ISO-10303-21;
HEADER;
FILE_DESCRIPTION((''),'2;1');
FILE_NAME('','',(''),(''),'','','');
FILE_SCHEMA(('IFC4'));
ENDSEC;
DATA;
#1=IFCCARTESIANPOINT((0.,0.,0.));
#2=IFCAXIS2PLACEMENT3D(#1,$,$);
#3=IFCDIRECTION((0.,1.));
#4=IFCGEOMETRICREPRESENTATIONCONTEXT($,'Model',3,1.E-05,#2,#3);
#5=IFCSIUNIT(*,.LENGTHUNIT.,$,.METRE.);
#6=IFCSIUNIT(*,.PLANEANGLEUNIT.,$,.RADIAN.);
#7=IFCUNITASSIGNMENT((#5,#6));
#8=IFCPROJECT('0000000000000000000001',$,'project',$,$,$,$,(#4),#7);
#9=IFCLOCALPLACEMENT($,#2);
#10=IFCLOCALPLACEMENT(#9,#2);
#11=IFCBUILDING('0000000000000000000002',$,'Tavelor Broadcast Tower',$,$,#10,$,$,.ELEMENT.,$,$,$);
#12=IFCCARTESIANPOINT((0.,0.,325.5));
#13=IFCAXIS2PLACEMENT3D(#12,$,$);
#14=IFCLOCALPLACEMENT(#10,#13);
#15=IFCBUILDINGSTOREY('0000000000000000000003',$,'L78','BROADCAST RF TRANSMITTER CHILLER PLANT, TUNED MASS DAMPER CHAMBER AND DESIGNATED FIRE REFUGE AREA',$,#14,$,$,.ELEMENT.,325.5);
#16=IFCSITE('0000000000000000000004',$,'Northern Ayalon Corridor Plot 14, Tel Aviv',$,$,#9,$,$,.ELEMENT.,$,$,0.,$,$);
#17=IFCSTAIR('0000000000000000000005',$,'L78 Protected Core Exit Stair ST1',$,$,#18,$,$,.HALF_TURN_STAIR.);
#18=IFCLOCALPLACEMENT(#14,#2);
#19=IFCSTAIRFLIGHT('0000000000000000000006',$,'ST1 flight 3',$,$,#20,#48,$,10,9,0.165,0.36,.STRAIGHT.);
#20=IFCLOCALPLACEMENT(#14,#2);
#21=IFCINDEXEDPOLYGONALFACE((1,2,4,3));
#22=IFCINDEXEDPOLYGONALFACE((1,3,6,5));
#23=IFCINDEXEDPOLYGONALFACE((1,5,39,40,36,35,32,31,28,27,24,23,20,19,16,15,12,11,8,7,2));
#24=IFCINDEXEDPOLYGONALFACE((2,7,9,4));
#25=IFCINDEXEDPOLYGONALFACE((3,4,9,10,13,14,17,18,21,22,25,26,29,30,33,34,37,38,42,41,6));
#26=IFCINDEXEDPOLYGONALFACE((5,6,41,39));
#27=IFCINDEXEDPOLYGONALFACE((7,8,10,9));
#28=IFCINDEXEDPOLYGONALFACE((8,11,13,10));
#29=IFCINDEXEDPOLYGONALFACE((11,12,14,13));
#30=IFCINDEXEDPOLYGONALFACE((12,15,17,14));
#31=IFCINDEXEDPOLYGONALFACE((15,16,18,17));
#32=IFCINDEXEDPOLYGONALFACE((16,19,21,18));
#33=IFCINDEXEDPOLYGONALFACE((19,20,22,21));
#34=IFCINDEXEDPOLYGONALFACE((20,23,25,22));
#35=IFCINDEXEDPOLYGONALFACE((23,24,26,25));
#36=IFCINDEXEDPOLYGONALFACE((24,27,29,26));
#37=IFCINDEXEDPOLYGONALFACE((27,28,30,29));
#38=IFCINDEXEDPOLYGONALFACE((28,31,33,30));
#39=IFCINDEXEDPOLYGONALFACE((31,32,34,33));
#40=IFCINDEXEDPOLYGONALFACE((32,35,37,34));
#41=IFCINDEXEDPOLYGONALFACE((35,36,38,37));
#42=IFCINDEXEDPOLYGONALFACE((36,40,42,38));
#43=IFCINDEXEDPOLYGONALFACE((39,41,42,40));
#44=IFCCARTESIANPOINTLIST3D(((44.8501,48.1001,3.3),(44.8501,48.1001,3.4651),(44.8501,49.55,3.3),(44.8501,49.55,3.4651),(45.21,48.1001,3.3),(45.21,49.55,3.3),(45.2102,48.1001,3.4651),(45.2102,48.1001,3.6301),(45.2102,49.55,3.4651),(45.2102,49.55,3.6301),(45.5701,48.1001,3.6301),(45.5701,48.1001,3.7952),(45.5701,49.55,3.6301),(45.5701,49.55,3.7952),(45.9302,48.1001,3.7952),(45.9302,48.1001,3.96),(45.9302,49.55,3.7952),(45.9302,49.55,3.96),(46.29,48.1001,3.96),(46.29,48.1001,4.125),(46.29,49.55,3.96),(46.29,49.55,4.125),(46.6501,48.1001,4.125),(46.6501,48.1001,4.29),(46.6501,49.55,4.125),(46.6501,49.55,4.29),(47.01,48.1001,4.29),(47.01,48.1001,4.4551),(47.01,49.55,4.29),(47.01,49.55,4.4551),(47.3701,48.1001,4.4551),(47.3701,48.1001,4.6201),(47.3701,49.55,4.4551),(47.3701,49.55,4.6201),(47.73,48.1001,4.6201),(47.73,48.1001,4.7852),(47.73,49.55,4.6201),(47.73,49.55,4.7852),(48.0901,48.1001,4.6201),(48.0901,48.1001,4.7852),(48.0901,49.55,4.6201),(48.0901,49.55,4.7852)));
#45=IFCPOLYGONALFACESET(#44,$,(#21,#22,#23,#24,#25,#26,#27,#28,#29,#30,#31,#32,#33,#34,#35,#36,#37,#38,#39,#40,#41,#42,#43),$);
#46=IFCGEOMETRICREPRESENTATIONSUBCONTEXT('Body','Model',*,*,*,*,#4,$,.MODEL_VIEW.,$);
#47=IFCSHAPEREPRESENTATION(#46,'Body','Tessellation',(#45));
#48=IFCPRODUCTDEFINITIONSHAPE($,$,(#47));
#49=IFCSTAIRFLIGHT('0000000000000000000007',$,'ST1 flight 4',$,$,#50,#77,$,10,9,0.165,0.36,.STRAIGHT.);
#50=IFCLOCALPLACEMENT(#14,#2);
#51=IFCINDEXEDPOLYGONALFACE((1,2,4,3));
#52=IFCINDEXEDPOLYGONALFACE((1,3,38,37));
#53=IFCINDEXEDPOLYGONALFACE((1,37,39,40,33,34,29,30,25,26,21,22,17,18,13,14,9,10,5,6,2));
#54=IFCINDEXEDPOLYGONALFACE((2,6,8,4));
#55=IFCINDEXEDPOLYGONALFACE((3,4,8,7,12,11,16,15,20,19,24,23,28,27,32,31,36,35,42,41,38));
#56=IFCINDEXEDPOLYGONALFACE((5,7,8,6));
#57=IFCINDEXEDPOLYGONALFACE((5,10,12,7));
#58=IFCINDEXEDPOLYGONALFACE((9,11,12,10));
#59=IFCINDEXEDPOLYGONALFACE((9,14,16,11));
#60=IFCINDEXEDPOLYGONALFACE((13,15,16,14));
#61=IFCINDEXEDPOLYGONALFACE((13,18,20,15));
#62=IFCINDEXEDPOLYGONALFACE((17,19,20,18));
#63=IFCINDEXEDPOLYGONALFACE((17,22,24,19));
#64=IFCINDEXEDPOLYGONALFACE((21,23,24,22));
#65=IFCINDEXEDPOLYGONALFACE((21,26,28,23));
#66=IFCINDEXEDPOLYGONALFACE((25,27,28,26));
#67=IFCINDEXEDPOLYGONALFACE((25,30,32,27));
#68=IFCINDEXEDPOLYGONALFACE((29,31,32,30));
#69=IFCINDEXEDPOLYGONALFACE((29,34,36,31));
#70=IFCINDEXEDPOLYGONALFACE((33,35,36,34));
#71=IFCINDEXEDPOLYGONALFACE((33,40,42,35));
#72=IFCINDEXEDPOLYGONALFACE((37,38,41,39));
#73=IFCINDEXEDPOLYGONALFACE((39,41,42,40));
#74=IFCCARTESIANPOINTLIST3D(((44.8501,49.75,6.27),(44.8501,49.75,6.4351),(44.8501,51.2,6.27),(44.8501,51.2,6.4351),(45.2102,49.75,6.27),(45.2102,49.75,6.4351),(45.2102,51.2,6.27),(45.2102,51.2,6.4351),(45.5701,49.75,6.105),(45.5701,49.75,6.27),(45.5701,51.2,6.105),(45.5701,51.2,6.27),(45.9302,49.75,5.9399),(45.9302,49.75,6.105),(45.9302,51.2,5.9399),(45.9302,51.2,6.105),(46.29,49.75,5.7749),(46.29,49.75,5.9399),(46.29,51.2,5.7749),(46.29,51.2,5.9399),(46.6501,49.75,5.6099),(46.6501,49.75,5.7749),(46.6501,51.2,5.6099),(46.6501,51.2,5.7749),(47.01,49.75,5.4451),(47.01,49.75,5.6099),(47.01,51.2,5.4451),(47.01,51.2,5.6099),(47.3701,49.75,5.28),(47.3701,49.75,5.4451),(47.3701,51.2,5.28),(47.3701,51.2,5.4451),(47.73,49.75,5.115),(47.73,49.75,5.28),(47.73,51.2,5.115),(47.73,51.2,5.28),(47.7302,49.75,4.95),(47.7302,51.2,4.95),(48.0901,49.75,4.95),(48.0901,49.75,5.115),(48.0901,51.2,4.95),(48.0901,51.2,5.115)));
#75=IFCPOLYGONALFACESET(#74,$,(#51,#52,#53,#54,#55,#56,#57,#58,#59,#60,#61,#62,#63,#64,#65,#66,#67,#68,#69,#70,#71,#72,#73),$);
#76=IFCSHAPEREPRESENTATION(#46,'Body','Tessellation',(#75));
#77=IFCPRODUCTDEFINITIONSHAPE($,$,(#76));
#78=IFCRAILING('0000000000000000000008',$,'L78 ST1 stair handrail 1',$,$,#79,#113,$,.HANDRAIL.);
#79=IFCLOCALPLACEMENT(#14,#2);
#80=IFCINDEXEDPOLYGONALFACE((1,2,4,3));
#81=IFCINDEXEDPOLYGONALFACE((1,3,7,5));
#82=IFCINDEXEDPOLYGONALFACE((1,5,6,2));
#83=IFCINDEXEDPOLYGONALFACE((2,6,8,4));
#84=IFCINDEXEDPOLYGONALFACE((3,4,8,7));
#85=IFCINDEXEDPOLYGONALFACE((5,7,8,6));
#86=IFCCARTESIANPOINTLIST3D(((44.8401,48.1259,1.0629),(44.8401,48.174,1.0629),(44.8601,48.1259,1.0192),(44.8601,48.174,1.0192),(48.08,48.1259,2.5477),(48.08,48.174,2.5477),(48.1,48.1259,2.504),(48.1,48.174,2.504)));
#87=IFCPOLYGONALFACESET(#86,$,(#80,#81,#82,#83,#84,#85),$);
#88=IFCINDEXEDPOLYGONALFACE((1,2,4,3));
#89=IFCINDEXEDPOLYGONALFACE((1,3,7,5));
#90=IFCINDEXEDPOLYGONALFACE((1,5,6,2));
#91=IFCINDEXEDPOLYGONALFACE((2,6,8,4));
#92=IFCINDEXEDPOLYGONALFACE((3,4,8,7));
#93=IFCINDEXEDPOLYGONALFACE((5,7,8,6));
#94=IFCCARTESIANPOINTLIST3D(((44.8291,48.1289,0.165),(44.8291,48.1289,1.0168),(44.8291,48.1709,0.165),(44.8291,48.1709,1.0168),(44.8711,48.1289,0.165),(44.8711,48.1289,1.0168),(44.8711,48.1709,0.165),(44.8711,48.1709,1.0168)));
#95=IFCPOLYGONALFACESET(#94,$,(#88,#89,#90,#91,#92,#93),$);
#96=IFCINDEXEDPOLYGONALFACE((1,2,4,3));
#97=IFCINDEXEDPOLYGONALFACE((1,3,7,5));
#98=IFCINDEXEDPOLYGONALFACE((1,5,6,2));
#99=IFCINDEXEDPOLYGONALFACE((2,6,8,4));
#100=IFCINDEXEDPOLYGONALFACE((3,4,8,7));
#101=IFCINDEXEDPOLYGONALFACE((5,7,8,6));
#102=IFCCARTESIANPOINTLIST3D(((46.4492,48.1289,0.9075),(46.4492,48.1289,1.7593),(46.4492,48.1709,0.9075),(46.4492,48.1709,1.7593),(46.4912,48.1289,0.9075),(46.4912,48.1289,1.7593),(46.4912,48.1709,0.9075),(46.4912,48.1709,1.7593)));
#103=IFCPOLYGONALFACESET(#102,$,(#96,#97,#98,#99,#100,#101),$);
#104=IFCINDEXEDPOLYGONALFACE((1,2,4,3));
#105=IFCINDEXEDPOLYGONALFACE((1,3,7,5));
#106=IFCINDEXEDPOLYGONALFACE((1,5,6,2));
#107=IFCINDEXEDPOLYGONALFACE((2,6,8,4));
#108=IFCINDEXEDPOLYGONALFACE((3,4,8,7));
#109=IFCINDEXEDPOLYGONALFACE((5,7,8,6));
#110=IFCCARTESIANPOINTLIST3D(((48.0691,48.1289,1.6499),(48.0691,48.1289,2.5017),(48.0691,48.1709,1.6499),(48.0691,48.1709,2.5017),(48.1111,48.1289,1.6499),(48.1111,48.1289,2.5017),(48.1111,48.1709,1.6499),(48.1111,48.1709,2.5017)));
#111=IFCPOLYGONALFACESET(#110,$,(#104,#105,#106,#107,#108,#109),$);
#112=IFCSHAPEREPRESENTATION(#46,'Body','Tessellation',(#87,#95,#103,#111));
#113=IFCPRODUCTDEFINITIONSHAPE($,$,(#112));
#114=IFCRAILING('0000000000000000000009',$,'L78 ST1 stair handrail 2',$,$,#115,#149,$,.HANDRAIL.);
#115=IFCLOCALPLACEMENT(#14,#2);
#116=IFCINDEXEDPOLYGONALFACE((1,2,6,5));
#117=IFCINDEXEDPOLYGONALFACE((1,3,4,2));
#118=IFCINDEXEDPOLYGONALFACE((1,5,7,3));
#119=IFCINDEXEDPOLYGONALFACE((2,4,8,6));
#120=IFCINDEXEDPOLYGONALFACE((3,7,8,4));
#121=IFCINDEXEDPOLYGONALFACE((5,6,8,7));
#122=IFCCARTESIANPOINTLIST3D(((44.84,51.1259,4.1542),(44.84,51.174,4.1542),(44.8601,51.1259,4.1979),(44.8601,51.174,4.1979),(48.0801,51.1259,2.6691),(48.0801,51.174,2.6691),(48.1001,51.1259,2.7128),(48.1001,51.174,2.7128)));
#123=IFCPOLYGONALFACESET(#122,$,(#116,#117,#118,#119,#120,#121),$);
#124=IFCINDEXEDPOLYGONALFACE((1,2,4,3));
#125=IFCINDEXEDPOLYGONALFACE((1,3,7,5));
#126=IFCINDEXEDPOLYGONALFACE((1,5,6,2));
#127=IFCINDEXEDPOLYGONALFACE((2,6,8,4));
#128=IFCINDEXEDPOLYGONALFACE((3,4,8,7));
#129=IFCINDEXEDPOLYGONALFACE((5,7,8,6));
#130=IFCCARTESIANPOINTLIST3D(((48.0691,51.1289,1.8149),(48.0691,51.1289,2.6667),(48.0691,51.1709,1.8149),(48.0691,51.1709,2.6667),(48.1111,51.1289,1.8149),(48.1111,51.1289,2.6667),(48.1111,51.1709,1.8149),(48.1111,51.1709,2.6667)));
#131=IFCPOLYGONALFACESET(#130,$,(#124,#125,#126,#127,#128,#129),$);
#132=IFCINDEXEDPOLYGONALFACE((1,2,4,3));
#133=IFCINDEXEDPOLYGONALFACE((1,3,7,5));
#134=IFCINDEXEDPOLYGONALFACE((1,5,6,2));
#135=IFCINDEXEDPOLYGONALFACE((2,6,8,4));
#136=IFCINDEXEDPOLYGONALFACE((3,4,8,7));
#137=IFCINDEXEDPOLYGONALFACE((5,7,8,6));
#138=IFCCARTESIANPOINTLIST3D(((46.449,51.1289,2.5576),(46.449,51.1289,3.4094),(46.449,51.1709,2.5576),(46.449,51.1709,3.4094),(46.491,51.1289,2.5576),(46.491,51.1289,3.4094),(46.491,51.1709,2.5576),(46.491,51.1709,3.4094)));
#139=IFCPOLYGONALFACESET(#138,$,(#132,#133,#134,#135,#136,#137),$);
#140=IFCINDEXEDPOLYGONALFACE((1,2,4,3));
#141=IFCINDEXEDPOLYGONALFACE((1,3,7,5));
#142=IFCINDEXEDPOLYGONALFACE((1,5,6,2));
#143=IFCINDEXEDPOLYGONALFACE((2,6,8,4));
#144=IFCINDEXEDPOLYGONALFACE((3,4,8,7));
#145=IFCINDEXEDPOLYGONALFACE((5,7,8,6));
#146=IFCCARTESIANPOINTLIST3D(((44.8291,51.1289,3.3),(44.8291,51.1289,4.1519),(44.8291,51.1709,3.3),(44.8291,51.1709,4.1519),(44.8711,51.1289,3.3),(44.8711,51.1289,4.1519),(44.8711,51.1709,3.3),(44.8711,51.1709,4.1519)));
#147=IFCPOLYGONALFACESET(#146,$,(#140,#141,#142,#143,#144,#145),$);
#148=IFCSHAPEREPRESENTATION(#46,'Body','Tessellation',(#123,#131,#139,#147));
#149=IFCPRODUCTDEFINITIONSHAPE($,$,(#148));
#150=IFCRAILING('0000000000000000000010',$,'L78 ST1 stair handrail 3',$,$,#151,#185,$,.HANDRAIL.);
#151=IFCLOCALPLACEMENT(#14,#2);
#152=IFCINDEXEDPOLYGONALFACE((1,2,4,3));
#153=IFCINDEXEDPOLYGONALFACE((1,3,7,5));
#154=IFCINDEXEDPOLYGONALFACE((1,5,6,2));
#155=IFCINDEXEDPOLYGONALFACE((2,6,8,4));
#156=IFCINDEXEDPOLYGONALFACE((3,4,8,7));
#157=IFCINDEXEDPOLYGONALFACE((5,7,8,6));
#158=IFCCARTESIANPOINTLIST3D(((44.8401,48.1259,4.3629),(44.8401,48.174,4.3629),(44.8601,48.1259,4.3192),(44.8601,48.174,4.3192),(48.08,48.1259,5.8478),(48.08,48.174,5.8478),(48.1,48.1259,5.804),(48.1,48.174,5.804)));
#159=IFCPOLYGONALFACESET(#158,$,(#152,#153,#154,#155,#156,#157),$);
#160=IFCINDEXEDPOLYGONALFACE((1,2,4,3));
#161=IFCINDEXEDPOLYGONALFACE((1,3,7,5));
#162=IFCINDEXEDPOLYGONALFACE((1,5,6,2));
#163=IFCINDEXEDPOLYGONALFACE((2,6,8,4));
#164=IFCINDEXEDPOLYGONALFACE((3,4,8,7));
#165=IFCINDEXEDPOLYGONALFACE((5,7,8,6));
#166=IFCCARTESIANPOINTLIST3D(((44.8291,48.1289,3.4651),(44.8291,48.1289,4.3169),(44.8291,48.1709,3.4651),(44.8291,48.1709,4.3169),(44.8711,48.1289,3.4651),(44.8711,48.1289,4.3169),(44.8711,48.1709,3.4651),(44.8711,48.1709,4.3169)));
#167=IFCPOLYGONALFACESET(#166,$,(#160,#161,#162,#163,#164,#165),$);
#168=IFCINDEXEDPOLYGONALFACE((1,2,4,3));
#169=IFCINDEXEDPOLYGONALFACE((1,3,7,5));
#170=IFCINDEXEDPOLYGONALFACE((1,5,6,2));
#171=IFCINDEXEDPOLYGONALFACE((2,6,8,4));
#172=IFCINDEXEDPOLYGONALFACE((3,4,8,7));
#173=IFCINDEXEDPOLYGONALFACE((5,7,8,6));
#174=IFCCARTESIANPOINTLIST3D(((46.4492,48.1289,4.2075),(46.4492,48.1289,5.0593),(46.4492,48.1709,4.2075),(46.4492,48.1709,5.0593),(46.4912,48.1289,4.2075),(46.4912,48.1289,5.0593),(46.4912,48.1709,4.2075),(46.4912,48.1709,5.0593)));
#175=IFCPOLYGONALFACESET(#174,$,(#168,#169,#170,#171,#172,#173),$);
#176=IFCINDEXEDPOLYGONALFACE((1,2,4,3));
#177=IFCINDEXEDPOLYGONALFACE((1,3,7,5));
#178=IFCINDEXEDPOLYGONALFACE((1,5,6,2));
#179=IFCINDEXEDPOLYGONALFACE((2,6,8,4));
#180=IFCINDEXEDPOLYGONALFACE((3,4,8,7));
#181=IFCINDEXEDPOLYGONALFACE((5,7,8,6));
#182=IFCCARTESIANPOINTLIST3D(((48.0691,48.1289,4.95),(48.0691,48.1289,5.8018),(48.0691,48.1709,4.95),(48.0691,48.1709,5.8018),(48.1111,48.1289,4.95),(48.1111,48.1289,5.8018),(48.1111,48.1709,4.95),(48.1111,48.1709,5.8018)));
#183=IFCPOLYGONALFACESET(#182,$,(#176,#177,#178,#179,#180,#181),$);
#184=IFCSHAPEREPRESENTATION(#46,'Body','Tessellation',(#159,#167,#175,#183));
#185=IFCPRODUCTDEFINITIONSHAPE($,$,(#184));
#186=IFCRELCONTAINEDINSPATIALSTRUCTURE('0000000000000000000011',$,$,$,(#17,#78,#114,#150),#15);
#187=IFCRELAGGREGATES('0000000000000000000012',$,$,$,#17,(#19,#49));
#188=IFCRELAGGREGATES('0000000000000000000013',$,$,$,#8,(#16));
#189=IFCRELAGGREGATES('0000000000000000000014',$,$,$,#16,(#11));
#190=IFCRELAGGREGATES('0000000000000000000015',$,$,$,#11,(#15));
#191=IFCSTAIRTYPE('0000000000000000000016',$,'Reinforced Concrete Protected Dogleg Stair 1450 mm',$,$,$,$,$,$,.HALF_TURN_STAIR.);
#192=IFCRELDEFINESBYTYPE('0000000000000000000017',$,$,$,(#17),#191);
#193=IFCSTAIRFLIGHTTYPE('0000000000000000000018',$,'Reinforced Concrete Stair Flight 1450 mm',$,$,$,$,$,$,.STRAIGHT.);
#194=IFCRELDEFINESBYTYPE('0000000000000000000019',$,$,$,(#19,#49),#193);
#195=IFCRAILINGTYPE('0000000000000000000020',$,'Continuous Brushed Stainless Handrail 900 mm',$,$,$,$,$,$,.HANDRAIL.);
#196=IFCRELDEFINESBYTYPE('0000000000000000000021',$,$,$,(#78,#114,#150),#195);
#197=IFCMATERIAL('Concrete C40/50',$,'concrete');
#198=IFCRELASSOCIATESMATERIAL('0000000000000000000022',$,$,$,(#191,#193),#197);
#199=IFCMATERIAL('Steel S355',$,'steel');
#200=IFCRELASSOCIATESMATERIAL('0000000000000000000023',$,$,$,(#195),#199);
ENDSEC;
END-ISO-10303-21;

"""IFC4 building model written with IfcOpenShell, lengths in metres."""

from ifc_helpers import new_model, si_unit, direction, frame, origin, origin_2d, place, context, subcontext, project, spatial, polyline, rectangle, outline, extrude, material, type_object, element, aggregate, save


model = new_model("IFC4")

# Units and contexts
model_context = context("Model", 3, precision=1e-05, world=origin(), true_north=direction((0.0, 1.0)))
body_context = subcontext(model_context, "Body", "Model", "MODEL_VIEW")
ifc_project = project(units=[si_unit("LENGTHUNIT", "METRE"), si_unit("PLANEANGLEUNIT", "RADIAN")], contexts=[model_context])

# Site, building, storey
site_placement = place(None, origin())
site = spatial("IfcSite", under=ifc_project, at=site_placement, Name="Northern Ayalon Corridor Plot 14, Tel Aviv", CompositionType="ELEMENT", RefElevation=0.0)
building_placement = place(site_placement, origin())
building = spatial("IfcBuilding", under=site, at=building_placement, Name="Tavelor Broadcast Tower", CompositionType="ELEMENT")
storey_placement = place(building_placement, frame((0.0, 0.0, 325.5)))
storey = spatial("IfcBuildingStorey", under=building, at=storey_placement, Name="L78", Description="BROADCAST RF TRANSMITTER CHILLER PLANT, TUNED MASS DAMPER CHAMBER AND DESIGNATED FIRE REFUGE AREA", CompositionType="ELEMENT", Elevation=325.5)

# Shared definitions
ifc_material_1 = material(Name="Steel S355", Category="steel")

# Shared definitions
ifc_material_2 = material(Name="Concrete C40/50", Category="concrete")

# Stair, stair flights
stair_type = type_object("IfcStairType", Name="Reinforced Concrete Protected Dogleg Stair 1450 mm", PredefinedType="HALF_TURN_STAIR", material=ifc_material_2)
stair_placement = place(storey_placement, origin())
stair = element("IfcStair", 1, at=stair_placement, inside=storey, type_object=stair_type, Name="L78 Protected Core Exit Stair ST1", PredefinedType="HALF_TURN_STAIR")
stair_flight_type = type_object("IfcStairFlightType", Name="Reinforced Concrete Stair Flight 1450 mm", PredefinedType="STRAIGHT", material=ifc_material_2)
stair_flight_1_placement = place(storey_placement, frame((44.8501, 48.825, 3.3), z_axis=(0.0, 0.0, 1.0), x_axis=(1.0, 0.0, 0.0)))
stair_flight_1 = element("IfcStairFlight", 2, at=stair_flight_1_placement, type_object=stair_flight_type, Name="ST1 flight 3", NumberOfRisers=10, NumberOfTreads=9, PredefinedType="STRAIGHT", RiserHeight=0.165, TreadLength=0.36, context=body_context, shape_type="SweptSolid", body=[
    extrude(outline(polyline([(0.0, 0.0), (0.0, 0.165), (0.3601, 0.165), (0.3601, 0.3301), (0.72, 0.3301), (0.72, 0.4951), (1.0801, 0.4951), (1.0801, 0.6599), (1.4399, 0.6599), (1.4399, 0.825), (1.8, 0.825), (1.8, 0.99), (2.1599, 0.99), (2.1599, 1.155), (2.52, 1.155), (2.52, 1.3201), (2.8799, 1.3201), (2.8799, 1.4851), (3.24, 1.4851), (3.24, 1.6499), (3.24, 1.3201), (0.3599, 0.0), (0.0, 0.0)])), frame((0.0, 0.7251, 0.0), z_axis=(0.0, -1.0, 0.0), x_axis=(1.0, 0.0, 0.0)), (0.0, 0.0, 1.0), 1.45),
])
stair_flight_2_placement = place(storey_placement, frame((48.0901, 50.4751, 4.95), z_axis=(0.0, 0.0, 1.0), x_axis=(-1.0, 0.0, 0.0)))
stair_flight_2 = element("IfcStairFlight", 3, at=stair_flight_2_placement, type_object=stair_flight_type, Name="ST1 flight 4", NumberOfRisers=10, NumberOfTreads=9, PredefinedType="STRAIGHT", RiserHeight=0.165, TreadLength=0.36, context=body_context, shape_type="SweptSolid", body=[
    extrude(outline(polyline([(0.0, 0.0), (0.0, 0.165), (0.3601, 0.165), (0.3601, 0.3301), (0.72, 0.3301), (0.72, 0.4951), (1.0801, 0.4951), (1.0801, 0.6599), (1.4399, 0.6599), (1.4399, 0.825), (1.8, 0.825), (1.8, 0.99), (2.1599, 0.99), (2.1599, 1.155), (2.52, 1.155), (2.52, 1.3201), (2.8799, 1.3201), (2.8799, 1.4851), (3.24, 1.4851), (3.24, 1.6499), (3.24, 1.3201), (0.3599, 0.0), (0.0, 0.0)])), frame((0.0, 0.7251, 0.0), z_axis=(0.0, -1.0, 0.0), x_axis=(1.0, 0.0, 0.0)), (0.0, 0.0, 1.0), 1.45),
])
aggregate(stair, [stair_flight_1, stair_flight_2])

# Railings
railing_type_1 = type_object("IfcRailingType", Name="Continuous Brushed Stainless Handrail 900 mm", PredefinedType="HANDRAIL", material=ifc_material_1)
railing_1_placement = place(storey_placement, frame((44.8501, 48.1499, 0.165)))
element("IfcRailing", 4, at=railing_1_placement, inside=storey, type_object=railing_type_1, Name="L78 ST1 stair handrail 1", PredefinedType="HANDRAIL", context=body_context, shape_type="SweptSolid", body=[
    extrude(rectangle(XDim=0.0481, YDim=0.0481, at=origin_2d()), frame((0.0, 0.0, 0.876), z_axis=(0.909079, 0.0, 0.416624), x_axis=(0.0, 1.0, 0.0)), (0.0, 0.0, 1.0), 3.564),
    extrude(rectangle(XDim=0.042, YDim=0.042, at=origin_2d()), origin(), (0.0, 0.0, 1.0), 0.8518),
    extrude(rectangle(XDim=0.042, YDim=0.042, at=origin_2d()), frame((1.6201, 0.0, 0.7424)), (0.0, 0.0, 1.0), 0.8518),
    extrude(rectangle(XDim=0.042, YDim=0.042, at=origin_2d()), frame((3.24, 0.0, 1.4849)), (0.0, 0.0, 1.0), 0.8518),
])
railing_2_placement = place(storey_placement, frame((48.0901, 51.1499, 1.8149)))
element("IfcRailing", 5, at=railing_2_placement, inside=storey, type_object=railing_type_1, Name="L78 ST1 stair handrail 2", PredefinedType="HANDRAIL", context=body_context, shape_type="SweptSolid", body=[
    extrude(rectangle(XDim=0.0481, YDim=0.0481, at=origin_2d()), frame((0.0, 0.0, 0.876), z_axis=(-0.909053, 0.0, 0.416681), x_axis=(0.0, -1.0, 0.0)), (0.0, 0.0, 1.0), 3.5642),
    extrude(rectangle(XDim=0.042, YDim=0.042, at=origin_2d()), origin(), (0.0, 0.0, 1.0), 0.8518),
    extrude(rectangle(XDim=0.042, YDim=0.042, at=origin_2d()), frame((-1.6201, 0.0, 0.7427)), (0.0, 0.0, 1.0), 0.8518),
    extrude(rectangle(XDim=0.042, YDim=0.042, at=origin_2d()), frame((-3.24, 0.0, 1.4851)), (0.0, 0.0, 1.0), 0.8518),
])
railing_3_placement = place(storey_placement, frame((44.8501, 48.1499, 3.4651)))
element("IfcRailing", 6, at=railing_3_placement, inside=storey, type_object=railing_type_1, Name="L78 ST1 stair handrail 3", PredefinedType="HANDRAIL", context=body_context, shape_type="SweptSolid", body=[
    extrude(rectangle(XDim=0.0481, YDim=0.0481, at=origin_2d()), frame((0.0, 0.0, 0.876), z_axis=(0.909079, 0.0, 0.416624), x_axis=(0.0, 1.0, 0.0)), (0.0, 0.0, 1.0), 3.564),
    extrude(rectangle(XDim=0.042, YDim=0.042, at=origin_2d()), origin(), (0.0, 0.0, 1.0), 0.8518),
    extrude(rectangle(XDim=0.042, YDim=0.042, at=origin_2d()), frame((1.6201, 0.0, 0.7424)), (0.0, 0.0, 1.0), 0.8518),
    extrude(rectangle(XDim=0.042, YDim=0.042, at=origin_2d()), frame((3.24, 0.0, 1.4849)), (0.0, 0.0, 1.0), 0.8518),
])

save(model, "model.ifc")
